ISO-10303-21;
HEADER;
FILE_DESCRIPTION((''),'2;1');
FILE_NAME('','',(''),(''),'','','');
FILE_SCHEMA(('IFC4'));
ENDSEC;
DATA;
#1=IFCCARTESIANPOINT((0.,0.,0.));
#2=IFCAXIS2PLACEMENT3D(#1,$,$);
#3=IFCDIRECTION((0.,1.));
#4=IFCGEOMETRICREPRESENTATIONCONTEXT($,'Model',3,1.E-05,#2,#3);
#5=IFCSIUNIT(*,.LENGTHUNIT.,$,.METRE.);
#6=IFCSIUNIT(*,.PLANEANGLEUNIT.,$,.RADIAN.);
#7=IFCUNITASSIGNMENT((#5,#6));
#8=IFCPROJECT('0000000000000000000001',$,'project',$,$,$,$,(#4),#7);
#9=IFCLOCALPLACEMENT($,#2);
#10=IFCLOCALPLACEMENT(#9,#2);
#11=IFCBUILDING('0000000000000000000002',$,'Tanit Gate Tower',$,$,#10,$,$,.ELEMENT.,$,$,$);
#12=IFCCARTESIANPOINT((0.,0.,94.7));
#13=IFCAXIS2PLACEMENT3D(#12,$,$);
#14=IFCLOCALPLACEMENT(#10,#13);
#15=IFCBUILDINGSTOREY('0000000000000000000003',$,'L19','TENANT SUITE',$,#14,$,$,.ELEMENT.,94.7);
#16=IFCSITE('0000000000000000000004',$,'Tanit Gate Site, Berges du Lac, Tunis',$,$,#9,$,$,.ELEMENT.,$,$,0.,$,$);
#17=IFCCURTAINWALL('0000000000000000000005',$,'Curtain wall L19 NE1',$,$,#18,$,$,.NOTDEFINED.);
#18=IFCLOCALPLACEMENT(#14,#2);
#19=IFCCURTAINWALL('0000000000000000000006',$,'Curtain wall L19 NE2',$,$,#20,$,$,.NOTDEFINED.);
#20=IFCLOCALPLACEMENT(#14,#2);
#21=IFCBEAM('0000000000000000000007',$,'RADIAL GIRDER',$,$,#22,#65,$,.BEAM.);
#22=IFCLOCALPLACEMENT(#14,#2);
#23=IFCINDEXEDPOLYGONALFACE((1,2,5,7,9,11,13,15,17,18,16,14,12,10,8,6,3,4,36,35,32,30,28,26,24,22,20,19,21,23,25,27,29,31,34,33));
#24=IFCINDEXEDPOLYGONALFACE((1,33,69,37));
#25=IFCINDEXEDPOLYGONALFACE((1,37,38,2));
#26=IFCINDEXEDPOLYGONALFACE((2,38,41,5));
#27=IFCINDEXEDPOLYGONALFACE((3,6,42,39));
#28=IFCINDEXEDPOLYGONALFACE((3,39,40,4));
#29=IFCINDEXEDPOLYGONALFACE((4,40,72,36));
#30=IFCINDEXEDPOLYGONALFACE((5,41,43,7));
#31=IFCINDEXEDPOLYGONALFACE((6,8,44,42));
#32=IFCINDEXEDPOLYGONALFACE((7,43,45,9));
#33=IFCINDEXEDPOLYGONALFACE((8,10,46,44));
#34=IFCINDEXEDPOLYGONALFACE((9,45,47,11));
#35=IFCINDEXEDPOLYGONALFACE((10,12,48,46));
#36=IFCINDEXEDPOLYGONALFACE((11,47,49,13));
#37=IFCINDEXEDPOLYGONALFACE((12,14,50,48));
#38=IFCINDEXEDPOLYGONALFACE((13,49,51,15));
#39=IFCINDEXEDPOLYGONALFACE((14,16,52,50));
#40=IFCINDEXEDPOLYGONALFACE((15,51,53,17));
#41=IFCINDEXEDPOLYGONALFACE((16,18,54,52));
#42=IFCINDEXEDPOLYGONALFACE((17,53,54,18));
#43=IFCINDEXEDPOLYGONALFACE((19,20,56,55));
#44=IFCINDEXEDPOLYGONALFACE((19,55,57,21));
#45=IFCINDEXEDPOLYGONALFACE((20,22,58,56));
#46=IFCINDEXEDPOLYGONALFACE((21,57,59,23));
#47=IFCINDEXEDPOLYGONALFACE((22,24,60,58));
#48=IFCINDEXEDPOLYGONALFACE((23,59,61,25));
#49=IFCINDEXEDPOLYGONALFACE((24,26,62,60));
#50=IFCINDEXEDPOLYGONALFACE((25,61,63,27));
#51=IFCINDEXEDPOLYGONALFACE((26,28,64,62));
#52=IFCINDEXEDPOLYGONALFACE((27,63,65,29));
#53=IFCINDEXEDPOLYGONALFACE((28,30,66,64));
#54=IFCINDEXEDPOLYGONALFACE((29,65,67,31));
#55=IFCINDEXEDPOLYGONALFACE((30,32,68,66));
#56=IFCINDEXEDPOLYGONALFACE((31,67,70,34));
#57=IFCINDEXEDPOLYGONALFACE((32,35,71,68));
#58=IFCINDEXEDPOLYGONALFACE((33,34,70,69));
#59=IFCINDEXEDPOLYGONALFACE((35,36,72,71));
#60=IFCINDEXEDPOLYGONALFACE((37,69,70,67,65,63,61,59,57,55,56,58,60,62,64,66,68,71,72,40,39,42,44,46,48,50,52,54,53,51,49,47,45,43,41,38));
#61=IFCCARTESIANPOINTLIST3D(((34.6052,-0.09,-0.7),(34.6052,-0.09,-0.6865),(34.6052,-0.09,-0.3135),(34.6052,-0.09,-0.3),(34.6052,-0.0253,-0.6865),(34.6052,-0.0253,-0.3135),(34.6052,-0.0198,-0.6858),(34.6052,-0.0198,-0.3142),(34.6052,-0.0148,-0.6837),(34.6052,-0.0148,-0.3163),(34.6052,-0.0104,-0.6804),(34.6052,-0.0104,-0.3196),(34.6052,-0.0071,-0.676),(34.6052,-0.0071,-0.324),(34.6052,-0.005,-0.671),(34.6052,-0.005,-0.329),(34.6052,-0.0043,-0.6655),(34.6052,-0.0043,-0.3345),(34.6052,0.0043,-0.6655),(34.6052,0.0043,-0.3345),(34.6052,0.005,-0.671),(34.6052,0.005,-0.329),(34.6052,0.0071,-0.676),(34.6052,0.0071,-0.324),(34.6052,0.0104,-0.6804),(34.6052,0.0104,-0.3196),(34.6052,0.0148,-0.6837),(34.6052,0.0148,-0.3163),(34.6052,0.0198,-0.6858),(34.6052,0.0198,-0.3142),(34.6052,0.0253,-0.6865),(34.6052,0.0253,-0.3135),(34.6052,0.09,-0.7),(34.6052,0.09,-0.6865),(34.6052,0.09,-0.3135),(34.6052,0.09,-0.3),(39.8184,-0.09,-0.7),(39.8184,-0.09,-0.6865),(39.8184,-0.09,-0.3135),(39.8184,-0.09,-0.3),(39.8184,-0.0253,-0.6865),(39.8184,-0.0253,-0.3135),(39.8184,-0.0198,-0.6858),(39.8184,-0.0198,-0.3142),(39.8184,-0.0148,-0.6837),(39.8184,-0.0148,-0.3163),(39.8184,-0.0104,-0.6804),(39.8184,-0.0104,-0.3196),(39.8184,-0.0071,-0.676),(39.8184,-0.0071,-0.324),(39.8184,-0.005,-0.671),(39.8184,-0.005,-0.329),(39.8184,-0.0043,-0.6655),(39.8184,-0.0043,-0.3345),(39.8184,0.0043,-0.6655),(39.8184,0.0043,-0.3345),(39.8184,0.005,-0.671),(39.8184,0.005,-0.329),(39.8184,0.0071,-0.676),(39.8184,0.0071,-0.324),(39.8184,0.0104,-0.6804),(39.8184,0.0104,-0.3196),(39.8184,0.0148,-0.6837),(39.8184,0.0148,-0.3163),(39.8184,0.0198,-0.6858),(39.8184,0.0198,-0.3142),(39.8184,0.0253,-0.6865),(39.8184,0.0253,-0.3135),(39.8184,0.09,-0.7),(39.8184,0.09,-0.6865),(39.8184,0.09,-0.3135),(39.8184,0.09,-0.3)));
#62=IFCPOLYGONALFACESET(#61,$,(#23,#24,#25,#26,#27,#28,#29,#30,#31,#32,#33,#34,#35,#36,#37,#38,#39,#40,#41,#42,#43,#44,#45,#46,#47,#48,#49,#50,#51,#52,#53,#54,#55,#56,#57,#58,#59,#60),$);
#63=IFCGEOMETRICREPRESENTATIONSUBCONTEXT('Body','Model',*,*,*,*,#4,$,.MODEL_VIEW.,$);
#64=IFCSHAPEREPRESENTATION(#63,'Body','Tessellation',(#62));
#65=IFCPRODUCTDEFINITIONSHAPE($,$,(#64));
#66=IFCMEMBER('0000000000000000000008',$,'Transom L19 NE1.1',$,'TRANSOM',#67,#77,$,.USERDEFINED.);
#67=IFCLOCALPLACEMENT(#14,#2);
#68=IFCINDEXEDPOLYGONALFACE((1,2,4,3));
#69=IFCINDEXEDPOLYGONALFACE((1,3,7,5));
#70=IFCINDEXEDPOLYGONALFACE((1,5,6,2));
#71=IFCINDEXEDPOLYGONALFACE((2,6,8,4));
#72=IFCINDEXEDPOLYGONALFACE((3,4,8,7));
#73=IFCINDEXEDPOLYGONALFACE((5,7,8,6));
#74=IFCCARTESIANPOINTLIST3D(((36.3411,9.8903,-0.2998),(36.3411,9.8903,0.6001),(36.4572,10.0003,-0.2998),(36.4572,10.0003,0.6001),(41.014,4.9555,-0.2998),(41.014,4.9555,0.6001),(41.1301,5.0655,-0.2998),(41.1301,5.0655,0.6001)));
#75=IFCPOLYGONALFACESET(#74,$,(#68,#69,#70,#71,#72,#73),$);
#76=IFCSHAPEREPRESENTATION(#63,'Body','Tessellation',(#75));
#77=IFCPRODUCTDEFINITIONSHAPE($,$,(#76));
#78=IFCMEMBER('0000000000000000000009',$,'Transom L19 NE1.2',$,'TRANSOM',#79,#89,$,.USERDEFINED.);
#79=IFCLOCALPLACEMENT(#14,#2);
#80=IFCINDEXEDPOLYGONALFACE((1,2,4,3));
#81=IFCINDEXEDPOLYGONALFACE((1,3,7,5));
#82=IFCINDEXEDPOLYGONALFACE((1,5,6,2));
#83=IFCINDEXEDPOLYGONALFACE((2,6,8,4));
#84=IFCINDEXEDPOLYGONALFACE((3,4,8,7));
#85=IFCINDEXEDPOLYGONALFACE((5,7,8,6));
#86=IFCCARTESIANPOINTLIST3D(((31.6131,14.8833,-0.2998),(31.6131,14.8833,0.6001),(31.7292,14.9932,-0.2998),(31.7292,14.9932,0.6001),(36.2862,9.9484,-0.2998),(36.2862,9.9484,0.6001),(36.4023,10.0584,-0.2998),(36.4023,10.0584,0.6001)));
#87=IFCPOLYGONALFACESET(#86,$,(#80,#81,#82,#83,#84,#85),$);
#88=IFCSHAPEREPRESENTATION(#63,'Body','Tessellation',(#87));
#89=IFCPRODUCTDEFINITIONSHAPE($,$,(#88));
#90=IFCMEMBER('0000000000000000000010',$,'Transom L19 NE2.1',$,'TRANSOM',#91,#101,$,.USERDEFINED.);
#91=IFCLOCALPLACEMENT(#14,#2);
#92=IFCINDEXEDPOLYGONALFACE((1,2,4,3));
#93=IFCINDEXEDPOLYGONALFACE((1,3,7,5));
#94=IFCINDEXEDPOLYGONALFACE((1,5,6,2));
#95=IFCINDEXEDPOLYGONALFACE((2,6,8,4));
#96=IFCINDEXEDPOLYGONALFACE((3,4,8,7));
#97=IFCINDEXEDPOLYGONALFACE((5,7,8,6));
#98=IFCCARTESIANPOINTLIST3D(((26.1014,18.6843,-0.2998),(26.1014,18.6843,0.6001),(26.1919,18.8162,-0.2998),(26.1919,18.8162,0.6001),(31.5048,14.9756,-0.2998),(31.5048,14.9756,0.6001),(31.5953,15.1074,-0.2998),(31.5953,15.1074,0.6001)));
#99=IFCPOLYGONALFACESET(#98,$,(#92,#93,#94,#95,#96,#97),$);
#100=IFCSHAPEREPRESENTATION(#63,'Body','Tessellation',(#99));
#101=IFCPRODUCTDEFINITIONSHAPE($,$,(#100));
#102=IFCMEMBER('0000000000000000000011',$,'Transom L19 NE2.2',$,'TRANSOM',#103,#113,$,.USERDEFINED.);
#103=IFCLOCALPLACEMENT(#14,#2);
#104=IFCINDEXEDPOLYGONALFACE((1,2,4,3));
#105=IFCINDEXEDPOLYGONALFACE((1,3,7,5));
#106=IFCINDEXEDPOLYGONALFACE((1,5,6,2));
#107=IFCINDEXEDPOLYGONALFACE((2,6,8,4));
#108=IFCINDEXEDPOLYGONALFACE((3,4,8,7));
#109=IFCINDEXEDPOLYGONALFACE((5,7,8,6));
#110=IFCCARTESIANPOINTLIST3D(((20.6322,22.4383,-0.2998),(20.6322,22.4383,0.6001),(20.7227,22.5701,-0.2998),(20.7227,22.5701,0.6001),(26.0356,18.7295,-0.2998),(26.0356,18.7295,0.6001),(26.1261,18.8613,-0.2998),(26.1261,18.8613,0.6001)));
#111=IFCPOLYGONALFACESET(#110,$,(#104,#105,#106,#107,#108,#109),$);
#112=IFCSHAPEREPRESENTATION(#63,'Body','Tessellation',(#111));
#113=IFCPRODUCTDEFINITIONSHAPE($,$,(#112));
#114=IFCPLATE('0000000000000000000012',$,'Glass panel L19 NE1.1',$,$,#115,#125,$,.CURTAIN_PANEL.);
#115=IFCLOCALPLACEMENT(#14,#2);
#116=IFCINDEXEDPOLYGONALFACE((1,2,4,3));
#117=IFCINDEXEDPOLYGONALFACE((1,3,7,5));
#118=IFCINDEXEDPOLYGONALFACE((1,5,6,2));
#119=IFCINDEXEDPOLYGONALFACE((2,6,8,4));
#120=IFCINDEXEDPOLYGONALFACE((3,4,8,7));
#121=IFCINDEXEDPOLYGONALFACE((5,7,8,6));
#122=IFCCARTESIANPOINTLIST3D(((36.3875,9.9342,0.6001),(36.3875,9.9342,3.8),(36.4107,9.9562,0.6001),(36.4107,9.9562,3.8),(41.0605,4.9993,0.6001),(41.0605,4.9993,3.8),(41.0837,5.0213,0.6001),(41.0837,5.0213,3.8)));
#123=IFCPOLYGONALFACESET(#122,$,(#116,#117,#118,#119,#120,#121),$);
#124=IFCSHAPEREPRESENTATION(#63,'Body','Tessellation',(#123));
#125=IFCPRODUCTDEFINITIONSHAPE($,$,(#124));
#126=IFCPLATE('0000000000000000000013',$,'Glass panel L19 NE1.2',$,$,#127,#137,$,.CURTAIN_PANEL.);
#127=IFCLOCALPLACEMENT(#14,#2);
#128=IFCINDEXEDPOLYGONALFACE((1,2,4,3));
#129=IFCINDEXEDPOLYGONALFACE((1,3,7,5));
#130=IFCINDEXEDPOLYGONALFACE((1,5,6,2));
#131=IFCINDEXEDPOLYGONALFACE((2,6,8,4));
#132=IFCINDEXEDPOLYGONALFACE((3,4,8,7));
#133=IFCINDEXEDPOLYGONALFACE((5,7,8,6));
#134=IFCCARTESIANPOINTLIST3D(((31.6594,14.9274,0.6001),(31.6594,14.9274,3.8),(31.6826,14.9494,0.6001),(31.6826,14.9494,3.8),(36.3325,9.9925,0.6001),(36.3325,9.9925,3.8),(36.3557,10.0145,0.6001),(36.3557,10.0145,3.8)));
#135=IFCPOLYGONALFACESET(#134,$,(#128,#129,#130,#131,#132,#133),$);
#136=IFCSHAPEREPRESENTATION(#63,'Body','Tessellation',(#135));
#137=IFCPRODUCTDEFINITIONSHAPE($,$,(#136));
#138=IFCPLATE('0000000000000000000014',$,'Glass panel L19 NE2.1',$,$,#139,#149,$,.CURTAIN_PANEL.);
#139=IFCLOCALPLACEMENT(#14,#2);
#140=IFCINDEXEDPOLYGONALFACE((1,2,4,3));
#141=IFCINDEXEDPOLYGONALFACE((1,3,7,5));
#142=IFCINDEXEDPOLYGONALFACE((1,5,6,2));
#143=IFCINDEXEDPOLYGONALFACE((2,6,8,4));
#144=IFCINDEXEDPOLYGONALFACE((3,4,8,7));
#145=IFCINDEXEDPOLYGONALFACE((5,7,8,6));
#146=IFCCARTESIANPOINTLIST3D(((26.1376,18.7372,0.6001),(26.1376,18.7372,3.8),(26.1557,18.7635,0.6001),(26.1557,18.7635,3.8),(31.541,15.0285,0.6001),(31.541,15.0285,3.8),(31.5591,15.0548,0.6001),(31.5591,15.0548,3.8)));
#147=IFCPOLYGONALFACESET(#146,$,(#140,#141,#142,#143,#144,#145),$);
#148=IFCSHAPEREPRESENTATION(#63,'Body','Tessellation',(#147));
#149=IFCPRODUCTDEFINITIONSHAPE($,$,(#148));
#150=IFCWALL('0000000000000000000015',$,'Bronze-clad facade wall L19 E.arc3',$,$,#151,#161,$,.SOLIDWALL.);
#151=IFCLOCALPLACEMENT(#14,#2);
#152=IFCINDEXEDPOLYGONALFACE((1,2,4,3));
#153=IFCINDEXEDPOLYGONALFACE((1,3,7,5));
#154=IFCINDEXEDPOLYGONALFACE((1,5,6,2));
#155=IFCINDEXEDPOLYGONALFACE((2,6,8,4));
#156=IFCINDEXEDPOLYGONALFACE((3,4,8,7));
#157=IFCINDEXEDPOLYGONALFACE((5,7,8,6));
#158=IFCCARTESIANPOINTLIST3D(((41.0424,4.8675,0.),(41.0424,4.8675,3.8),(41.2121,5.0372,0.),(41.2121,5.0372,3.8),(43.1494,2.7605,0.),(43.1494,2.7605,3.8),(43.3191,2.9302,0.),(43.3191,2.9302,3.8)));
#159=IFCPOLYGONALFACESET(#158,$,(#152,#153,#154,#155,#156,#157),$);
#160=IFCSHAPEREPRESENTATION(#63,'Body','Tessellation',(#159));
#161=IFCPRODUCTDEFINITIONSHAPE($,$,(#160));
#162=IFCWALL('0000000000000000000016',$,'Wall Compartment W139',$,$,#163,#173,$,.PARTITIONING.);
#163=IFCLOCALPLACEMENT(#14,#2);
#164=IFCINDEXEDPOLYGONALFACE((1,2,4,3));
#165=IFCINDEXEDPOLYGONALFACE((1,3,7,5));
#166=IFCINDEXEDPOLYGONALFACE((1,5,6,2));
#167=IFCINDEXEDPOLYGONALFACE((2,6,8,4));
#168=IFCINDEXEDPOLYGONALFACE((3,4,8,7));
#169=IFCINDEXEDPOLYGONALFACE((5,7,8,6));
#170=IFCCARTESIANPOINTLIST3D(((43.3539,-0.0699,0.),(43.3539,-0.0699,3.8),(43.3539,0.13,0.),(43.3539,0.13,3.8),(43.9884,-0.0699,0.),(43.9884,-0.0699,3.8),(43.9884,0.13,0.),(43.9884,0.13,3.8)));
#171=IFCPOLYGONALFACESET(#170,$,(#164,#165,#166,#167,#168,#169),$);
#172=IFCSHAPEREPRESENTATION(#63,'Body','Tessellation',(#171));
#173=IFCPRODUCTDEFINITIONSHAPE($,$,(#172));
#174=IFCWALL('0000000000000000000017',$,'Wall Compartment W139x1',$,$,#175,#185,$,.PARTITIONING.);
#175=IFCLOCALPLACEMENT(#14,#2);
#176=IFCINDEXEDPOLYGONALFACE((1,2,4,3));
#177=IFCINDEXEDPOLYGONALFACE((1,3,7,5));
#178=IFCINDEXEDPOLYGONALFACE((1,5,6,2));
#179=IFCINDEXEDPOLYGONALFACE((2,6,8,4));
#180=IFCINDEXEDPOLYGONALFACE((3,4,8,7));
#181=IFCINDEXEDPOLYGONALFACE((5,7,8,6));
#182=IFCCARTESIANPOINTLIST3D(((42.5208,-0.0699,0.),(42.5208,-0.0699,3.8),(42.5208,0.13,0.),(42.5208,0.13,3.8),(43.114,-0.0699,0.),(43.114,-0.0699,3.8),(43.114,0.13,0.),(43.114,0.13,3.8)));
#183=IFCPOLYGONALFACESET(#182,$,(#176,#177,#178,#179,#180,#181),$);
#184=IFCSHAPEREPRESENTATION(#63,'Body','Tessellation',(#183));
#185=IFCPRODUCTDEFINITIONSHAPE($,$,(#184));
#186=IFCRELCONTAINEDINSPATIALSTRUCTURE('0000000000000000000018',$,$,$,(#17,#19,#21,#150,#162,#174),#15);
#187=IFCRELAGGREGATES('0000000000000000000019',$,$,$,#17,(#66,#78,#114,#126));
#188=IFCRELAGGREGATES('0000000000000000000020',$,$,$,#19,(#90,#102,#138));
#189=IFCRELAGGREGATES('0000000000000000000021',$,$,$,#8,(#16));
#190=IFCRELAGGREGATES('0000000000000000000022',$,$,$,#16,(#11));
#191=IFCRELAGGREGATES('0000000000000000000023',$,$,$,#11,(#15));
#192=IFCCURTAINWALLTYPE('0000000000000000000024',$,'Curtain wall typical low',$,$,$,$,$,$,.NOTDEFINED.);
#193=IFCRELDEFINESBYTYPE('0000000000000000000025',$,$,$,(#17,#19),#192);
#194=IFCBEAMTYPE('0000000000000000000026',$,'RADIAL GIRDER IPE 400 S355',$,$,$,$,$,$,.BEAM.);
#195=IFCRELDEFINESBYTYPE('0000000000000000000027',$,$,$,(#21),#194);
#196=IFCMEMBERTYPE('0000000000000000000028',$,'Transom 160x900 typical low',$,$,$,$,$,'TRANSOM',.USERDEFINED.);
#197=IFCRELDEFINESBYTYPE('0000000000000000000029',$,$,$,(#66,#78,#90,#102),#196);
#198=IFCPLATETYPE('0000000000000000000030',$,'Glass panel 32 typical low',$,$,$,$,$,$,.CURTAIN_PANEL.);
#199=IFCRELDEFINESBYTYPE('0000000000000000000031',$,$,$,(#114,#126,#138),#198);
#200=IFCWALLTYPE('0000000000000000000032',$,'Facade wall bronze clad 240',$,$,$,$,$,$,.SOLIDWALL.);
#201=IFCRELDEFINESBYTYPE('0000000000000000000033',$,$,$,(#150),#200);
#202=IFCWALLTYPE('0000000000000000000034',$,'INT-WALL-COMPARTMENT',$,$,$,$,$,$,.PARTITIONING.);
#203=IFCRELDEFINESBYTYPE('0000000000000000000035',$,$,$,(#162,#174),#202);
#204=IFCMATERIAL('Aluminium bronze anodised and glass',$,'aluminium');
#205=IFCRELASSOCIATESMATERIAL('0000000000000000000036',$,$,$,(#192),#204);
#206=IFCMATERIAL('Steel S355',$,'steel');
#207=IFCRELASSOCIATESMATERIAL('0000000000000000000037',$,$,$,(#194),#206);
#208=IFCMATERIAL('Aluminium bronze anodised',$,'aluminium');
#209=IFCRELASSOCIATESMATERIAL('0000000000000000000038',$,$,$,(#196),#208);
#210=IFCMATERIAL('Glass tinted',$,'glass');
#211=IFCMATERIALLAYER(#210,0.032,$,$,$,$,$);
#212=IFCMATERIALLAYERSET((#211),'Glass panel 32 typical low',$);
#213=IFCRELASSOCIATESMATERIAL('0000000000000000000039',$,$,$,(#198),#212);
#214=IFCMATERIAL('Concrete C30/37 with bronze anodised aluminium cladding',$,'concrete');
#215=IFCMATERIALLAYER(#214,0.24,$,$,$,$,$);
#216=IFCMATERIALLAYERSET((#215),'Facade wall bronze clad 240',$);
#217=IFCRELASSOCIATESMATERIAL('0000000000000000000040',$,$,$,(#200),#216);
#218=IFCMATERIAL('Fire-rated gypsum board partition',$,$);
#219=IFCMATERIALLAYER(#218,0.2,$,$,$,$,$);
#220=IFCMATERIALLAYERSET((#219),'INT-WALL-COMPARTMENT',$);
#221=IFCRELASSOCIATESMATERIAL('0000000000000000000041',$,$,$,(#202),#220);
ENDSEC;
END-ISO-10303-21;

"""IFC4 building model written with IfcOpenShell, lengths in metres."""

from ifc_helpers import new_model, si_unit, direction, frame, frame_2d, origin, origin_2d, place, context, subcontext, project, spatial, rectangle, i_section, extrude, material, layer, layer_set, material_profile, profile_set, type_object, element, aggregate, save


model = new_model("IFC4")

# Units and contexts
model_context = context("Model", 3, precision=1e-05, world=origin(), true_north=direction((0.0, 1.0)))
body_context = subcontext(model_context, "Body", "Model", "MODEL_VIEW")
ifc_project = project(units=[si_unit("LENGTHUNIT", "METRE"), si_unit("PLANEANGLEUNIT", "RADIAN")], contexts=[model_context])

# Site, building, storey
site_placement = place(None, origin())
site = spatial("IfcSite", under=ifc_project, at=site_placement, Name="Tanit Gate Site, Berges du Lac, Tunis", CompositionType="ELEMENT", RefElevation=0.0)
building_placement = place(site_placement, origin())
building = spatial("IfcBuilding", under=site, at=building_placement, Name="Tanit Gate Tower", CompositionType="ELEMENT")
storey_placement = place(building_placement, frame((0.0, 0.0, 94.7)))
storey = spatial("IfcBuildingStorey", under=building, at=storey_placement, Name="L19", Description="TENANT SUITE", CompositionType="ELEMENT", Elevation=94.7)

# Curtain wall
ifc_material_1 = material(Name="Aluminium bronze anodised and glass", Category="aluminium")
curtain_wall_type = type_object("IfcCurtainWallType", Name="Curtain wall typical low", PredefinedType="NOTDEFINED", material=ifc_material_1)
curtain_wall_1_placement = place(storey_placement, origin())
curtain_wall_1 = element("IfcCurtainWall", 1, at=curtain_wall_1_placement, inside=storey, type_object=curtain_wall_type, Name="Curtain wall L19 NE1", PredefinedType="NOTDEFINED")

# Curtain wall
curtain_wall_2_placement = place(storey_placement, origin())
curtain_wall_2 = element("IfcCurtainWall", 2, at=curtain_wall_2_placement, inside=storey, type_object=curtain_wall_type, Name="Curtain wall L19 NE2", PredefinedType="NOTDEFINED")

# Beam
ifc_material_2 = material(Name="Steel S355", Category="steel")
ifc_material_profile_1 = material_profile(ifc_material_2, i_section(OverallWidth=0.1799, OverallDepth=0.3999, WebThickness=0.0085, FlangeThickness=0.0134, FilletRadius=0.021, at=origin_2d()), Name="IPE 400")
ifc_profile_set_1 = profile_set([ifc_material_profile_1], Name="Steel S355")
beam_type_1 = type_object("IfcBeamType", Name="RADIAL GIRDER IPE 400 S355", PredefinedType="BEAM", material=ifc_profile_set_1)
beam_1_placement = place(storey_placement, frame((39.8184, 0.0, -0.5), z_axis=(-1.0, 0.0, 0.0), x_axis=(0.0, -1.0, 0.0)))
element("IfcBeam", 3, at=beam_1_placement, inside=storey, type_object=beam_type_1, Name="RADIAL GIRDER", PredefinedType="BEAM", context=body_context, shape_type="SweptSolid", body=[
    extrude(i_section(OverallWidth=0.1799, OverallDepth=0.3999, WebThickness=0.0085, FlangeThickness=0.0134, FilletRadius=0.021, at=origin_2d()), origin(), (0.0, 0.0, 1.0), 5.2131),
])

# Members
ifc_material_3 = material(Name="Aluminium bronze anodised", Category="aluminium")
ifc_material_profile_2 = material_profile(ifc_material_3, rectangle(XDim=0.1599, YDim=0.8999, at=origin_2d()), Name="160x900 bronze transom")
ifc_profile_set_2 = profile_set([ifc_material_profile_2], Name="Aluminium bronze anodised")
member_type_1 = type_object("IfcMemberType", Name="Transom 160x900 typical low", ElementType="TRANSOM", PredefinedType="USERDEFINED", material=ifc_profile_set_2)
member_1_placement = place(storey_placement, frame((41.072, 5.0105, 0.1501), z_axis=(-0.687571, 0.726117, 0.0), x_axis=(-0.726117, -0.687571, 0.0)))
member_1 = element("IfcMember", 4, at=member_1_placement, type_object=member_type_1, Name="Transom L19 NE1.1", ObjectType="TRANSOM", PredefinedType="USERDEFINED", context=body_context, shape_type="SweptSolid", body=[
    extrude(rectangle(XDim=0.1599, YDim=0.8999, at=origin_2d()), origin(), (0.0, 0.0, 1.0), 6.7961),
])
member_2_placement = place(storey_placement, frame((36.3442, 10.0034, 0.1501), z_axis=(-0.68759, 0.726099, 0.0), x_axis=(-0.726099, -0.68759, 0.0)))
member_2 = element("IfcMember", 5, at=member_2_placement, type_object=member_type_1, Name="Transom L19 NE1.2", ObjectType="TRANSOM", PredefinedType="USERDEFINED", context=body_context, shape_type="SweptSolid", body=[
    extrude(rectangle(XDim=0.1599, YDim=0.8999, at=origin_2d()), origin(), (0.0, 0.0, 1.0), 6.7964),
])
member_3_placement = place(storey_placement, frame((31.55, 15.0415, 0.1501), z_axis=(-0.824472, 0.565903, 0.0), x_axis=(-0.565903, -0.824472, 0.0)))
member_3 = element("IfcMember", 6, at=member_3_placement, type_object=member_type_1, Name="Transom L19 NE2.1", ObjectType="TRANSOM", PredefinedType="USERDEFINED", context=body_context, shape_type="SweptSolid", body=[
    extrude(rectangle(XDim=0.1599, YDim=0.8999, at=origin_2d()), origin(), (0.0, 0.0, 1.0), 6.5537),
])
member_4_placement = place(storey_placement, frame((26.0808, 18.7954, 0.1501), z_axis=(-0.824472, 0.565903, 0.0), x_axis=(-0.565903, -0.824472, 0.0)))
member_4 = element("IfcMember", 7, at=member_4_placement, type_object=member_type_1, Name="Transom L19 NE2.2", ObjectType="TRANSOM", PredefinedType="USERDEFINED", context=body_context, shape_type="SweptSolid", body=[
    extrude(rectangle(XDim=0.1599, YDim=0.8999, at=origin_2d()), origin(), (0.0, 0.0, 1.0), 6.5537),
])

# Plates
ifc_material_4 = material(Name="Glass tinted", Category="glass")
ifc_layer_1 = layer(ifc_material_4, 0.032)
ifc_layer_set_1 = layer_set([ifc_layer_1], Name="Glass panel 32 typical low")
plate_type = type_object("IfcPlateType", Name="Glass panel 32 typical low", PredefinedType="CURTAIN_PANEL", material=ifc_layer_set_1)
plate_1_placement = place(storey_placement, frame((38.7356, 7.4778, 0.6001), z_axis=(0.0, 0.0, 1.0), x_axis=(-0.687581, 0.726107, 0.0)))
plate_1 = element("IfcPlate", 8, at=plate_1_placement, type_object=plate_type, Name="Glass panel L19 NE1.1", PredefinedType="CURTAIN_PANEL", context=body_context, shape_type="SweptSolid", body=[
    extrude(rectangle(XDim=6.7964, YDim=0.032, at=origin_2d()), origin(), (0.0, 0.0, 1.0), 3.2),
])
plate_2_placement = place(storey_placement, frame((34.0076, 12.4709, 0.6001), z_axis=(0.0, 0.0, 1.0), x_axis=(-0.687581, 0.726107, 0.0)))
plate_2 = element("IfcPlate", 9, at=plate_2_placement, type_object=plate_type, Name="Glass panel L19 NE1.2", PredefinedType="CURTAIN_PANEL", context=body_context, shape_type="SweptSolid", body=[
    extrude(rectangle(XDim=6.7964, YDim=0.032, at=origin_2d()), origin(), (0.0, 0.0, 1.0), 3.2),
])
aggregate(curtain_wall_1, [member_1, member_2, plate_1, plate_2])
plate_3_placement = place(storey_placement, frame((28.8484, 16.896, 0.6001), z_axis=(0.0, 0.0, 1.0), x_axis=(-0.824479, 0.565893, 0.0)))
plate_3 = element("IfcPlate", 10, at=plate_3_placement, type_object=plate_type, Name="Glass panel L19 NE2.1", PredefinedType="CURTAIN_PANEL", context=body_context, shape_type="SweptSolid", body=[
    extrude(rectangle(XDim=6.5537, YDim=0.032, at=origin_2d()), origin(), (0.0, 0.0, 1.0), 3.2),
])
aggregate(curtain_wall_2, [member_3, member_4, plate_3])

# Walls
ifc_material_5 = material(Name="Concrete C30/37 with bronze anodised aluminium cladding", Category="concrete")
ifc_layer_2 = layer(ifc_material_5, 0.24)
ifc_layer_set_2 = layer_set([ifc_layer_2], Name="Facade wall bronze clad 240")
wall_type_1 = type_object("IfcWallType", Name="Facade wall bronze clad 240", PredefinedType="SOLIDWALL", material=ifc_layer_set_2)
wall_1_placement = place(storey_placement, frame((43.2341, 2.8455, 0.0), z_axis=(0.0, 0.0, 1.0), x_axis=(-0.707107, 0.707107, 0.0)))
element("IfcWall", 11, at=wall_1_placement, inside=storey, type_object=wall_type_1, Name="Bronze-clad facade wall L19 E.arc3", PredefinedType="SOLIDWALL", context=body_context, shape_type="SweptSolid", body=[
    extrude(rectangle(XDim=2.9797, YDim=0.24, at=frame_2d((1.4897, 0.0))), origin(), (0.0, 0.0, 1.0), 3.8),
])
ifc_material_6 = material(Name="Fire-rated gypsum board partition")
ifc_layer_3 = layer(ifc_material_6, 0.2)
ifc_layer_set_3 = layer_set([ifc_layer_3], Name="INT-WALL-COMPARTMENT")
wall_type_2 = type_object("IfcWallType", Name="INT-WALL-COMPARTMENT", PredefinedType="PARTITIONING", material=ifc_layer_set_3)
wall_2_placement = place(storey_placement, frame((43.9885, 0.03, 0.0), z_axis=(0.0, 0.0, 1.0), x_axis=(-1.0, 0.0, 0.0)))
element("IfcWall", 12, at=wall_2_placement, inside=storey, type_object=wall_type_2, Name="Wall Compartment W139", PredefinedType="PARTITIONING", context=body_context, shape_type="SweptSolid", body=[
    extrude(rectangle(XDim=0.6345, YDim=0.2, at=frame_2d((0.3174, 0.0))), origin(), (0.0, 0.0, 1.0), 3.8),
])
wall_3_placement = place(storey_placement, frame((43.114, 0.03, 0.0), z_axis=(0.0, 0.0, 1.0), x_axis=(-1.0, 0.0, 0.0)))
element("IfcWall", 13, at=wall_3_placement, inside=storey, type_object=wall_type_2, Name="Wall Compartment W139x1", PredefinedType="PARTITIONING", context=body_context, shape_type="SweptSolid", body=[
    extrude(rectangle(XDim=0.5933, YDim=0.2, at=frame_2d((0.2966, 0.0))), origin(), (0.0, 0.0, 1.0), 3.8),
])

save(model, "model.ifc")
